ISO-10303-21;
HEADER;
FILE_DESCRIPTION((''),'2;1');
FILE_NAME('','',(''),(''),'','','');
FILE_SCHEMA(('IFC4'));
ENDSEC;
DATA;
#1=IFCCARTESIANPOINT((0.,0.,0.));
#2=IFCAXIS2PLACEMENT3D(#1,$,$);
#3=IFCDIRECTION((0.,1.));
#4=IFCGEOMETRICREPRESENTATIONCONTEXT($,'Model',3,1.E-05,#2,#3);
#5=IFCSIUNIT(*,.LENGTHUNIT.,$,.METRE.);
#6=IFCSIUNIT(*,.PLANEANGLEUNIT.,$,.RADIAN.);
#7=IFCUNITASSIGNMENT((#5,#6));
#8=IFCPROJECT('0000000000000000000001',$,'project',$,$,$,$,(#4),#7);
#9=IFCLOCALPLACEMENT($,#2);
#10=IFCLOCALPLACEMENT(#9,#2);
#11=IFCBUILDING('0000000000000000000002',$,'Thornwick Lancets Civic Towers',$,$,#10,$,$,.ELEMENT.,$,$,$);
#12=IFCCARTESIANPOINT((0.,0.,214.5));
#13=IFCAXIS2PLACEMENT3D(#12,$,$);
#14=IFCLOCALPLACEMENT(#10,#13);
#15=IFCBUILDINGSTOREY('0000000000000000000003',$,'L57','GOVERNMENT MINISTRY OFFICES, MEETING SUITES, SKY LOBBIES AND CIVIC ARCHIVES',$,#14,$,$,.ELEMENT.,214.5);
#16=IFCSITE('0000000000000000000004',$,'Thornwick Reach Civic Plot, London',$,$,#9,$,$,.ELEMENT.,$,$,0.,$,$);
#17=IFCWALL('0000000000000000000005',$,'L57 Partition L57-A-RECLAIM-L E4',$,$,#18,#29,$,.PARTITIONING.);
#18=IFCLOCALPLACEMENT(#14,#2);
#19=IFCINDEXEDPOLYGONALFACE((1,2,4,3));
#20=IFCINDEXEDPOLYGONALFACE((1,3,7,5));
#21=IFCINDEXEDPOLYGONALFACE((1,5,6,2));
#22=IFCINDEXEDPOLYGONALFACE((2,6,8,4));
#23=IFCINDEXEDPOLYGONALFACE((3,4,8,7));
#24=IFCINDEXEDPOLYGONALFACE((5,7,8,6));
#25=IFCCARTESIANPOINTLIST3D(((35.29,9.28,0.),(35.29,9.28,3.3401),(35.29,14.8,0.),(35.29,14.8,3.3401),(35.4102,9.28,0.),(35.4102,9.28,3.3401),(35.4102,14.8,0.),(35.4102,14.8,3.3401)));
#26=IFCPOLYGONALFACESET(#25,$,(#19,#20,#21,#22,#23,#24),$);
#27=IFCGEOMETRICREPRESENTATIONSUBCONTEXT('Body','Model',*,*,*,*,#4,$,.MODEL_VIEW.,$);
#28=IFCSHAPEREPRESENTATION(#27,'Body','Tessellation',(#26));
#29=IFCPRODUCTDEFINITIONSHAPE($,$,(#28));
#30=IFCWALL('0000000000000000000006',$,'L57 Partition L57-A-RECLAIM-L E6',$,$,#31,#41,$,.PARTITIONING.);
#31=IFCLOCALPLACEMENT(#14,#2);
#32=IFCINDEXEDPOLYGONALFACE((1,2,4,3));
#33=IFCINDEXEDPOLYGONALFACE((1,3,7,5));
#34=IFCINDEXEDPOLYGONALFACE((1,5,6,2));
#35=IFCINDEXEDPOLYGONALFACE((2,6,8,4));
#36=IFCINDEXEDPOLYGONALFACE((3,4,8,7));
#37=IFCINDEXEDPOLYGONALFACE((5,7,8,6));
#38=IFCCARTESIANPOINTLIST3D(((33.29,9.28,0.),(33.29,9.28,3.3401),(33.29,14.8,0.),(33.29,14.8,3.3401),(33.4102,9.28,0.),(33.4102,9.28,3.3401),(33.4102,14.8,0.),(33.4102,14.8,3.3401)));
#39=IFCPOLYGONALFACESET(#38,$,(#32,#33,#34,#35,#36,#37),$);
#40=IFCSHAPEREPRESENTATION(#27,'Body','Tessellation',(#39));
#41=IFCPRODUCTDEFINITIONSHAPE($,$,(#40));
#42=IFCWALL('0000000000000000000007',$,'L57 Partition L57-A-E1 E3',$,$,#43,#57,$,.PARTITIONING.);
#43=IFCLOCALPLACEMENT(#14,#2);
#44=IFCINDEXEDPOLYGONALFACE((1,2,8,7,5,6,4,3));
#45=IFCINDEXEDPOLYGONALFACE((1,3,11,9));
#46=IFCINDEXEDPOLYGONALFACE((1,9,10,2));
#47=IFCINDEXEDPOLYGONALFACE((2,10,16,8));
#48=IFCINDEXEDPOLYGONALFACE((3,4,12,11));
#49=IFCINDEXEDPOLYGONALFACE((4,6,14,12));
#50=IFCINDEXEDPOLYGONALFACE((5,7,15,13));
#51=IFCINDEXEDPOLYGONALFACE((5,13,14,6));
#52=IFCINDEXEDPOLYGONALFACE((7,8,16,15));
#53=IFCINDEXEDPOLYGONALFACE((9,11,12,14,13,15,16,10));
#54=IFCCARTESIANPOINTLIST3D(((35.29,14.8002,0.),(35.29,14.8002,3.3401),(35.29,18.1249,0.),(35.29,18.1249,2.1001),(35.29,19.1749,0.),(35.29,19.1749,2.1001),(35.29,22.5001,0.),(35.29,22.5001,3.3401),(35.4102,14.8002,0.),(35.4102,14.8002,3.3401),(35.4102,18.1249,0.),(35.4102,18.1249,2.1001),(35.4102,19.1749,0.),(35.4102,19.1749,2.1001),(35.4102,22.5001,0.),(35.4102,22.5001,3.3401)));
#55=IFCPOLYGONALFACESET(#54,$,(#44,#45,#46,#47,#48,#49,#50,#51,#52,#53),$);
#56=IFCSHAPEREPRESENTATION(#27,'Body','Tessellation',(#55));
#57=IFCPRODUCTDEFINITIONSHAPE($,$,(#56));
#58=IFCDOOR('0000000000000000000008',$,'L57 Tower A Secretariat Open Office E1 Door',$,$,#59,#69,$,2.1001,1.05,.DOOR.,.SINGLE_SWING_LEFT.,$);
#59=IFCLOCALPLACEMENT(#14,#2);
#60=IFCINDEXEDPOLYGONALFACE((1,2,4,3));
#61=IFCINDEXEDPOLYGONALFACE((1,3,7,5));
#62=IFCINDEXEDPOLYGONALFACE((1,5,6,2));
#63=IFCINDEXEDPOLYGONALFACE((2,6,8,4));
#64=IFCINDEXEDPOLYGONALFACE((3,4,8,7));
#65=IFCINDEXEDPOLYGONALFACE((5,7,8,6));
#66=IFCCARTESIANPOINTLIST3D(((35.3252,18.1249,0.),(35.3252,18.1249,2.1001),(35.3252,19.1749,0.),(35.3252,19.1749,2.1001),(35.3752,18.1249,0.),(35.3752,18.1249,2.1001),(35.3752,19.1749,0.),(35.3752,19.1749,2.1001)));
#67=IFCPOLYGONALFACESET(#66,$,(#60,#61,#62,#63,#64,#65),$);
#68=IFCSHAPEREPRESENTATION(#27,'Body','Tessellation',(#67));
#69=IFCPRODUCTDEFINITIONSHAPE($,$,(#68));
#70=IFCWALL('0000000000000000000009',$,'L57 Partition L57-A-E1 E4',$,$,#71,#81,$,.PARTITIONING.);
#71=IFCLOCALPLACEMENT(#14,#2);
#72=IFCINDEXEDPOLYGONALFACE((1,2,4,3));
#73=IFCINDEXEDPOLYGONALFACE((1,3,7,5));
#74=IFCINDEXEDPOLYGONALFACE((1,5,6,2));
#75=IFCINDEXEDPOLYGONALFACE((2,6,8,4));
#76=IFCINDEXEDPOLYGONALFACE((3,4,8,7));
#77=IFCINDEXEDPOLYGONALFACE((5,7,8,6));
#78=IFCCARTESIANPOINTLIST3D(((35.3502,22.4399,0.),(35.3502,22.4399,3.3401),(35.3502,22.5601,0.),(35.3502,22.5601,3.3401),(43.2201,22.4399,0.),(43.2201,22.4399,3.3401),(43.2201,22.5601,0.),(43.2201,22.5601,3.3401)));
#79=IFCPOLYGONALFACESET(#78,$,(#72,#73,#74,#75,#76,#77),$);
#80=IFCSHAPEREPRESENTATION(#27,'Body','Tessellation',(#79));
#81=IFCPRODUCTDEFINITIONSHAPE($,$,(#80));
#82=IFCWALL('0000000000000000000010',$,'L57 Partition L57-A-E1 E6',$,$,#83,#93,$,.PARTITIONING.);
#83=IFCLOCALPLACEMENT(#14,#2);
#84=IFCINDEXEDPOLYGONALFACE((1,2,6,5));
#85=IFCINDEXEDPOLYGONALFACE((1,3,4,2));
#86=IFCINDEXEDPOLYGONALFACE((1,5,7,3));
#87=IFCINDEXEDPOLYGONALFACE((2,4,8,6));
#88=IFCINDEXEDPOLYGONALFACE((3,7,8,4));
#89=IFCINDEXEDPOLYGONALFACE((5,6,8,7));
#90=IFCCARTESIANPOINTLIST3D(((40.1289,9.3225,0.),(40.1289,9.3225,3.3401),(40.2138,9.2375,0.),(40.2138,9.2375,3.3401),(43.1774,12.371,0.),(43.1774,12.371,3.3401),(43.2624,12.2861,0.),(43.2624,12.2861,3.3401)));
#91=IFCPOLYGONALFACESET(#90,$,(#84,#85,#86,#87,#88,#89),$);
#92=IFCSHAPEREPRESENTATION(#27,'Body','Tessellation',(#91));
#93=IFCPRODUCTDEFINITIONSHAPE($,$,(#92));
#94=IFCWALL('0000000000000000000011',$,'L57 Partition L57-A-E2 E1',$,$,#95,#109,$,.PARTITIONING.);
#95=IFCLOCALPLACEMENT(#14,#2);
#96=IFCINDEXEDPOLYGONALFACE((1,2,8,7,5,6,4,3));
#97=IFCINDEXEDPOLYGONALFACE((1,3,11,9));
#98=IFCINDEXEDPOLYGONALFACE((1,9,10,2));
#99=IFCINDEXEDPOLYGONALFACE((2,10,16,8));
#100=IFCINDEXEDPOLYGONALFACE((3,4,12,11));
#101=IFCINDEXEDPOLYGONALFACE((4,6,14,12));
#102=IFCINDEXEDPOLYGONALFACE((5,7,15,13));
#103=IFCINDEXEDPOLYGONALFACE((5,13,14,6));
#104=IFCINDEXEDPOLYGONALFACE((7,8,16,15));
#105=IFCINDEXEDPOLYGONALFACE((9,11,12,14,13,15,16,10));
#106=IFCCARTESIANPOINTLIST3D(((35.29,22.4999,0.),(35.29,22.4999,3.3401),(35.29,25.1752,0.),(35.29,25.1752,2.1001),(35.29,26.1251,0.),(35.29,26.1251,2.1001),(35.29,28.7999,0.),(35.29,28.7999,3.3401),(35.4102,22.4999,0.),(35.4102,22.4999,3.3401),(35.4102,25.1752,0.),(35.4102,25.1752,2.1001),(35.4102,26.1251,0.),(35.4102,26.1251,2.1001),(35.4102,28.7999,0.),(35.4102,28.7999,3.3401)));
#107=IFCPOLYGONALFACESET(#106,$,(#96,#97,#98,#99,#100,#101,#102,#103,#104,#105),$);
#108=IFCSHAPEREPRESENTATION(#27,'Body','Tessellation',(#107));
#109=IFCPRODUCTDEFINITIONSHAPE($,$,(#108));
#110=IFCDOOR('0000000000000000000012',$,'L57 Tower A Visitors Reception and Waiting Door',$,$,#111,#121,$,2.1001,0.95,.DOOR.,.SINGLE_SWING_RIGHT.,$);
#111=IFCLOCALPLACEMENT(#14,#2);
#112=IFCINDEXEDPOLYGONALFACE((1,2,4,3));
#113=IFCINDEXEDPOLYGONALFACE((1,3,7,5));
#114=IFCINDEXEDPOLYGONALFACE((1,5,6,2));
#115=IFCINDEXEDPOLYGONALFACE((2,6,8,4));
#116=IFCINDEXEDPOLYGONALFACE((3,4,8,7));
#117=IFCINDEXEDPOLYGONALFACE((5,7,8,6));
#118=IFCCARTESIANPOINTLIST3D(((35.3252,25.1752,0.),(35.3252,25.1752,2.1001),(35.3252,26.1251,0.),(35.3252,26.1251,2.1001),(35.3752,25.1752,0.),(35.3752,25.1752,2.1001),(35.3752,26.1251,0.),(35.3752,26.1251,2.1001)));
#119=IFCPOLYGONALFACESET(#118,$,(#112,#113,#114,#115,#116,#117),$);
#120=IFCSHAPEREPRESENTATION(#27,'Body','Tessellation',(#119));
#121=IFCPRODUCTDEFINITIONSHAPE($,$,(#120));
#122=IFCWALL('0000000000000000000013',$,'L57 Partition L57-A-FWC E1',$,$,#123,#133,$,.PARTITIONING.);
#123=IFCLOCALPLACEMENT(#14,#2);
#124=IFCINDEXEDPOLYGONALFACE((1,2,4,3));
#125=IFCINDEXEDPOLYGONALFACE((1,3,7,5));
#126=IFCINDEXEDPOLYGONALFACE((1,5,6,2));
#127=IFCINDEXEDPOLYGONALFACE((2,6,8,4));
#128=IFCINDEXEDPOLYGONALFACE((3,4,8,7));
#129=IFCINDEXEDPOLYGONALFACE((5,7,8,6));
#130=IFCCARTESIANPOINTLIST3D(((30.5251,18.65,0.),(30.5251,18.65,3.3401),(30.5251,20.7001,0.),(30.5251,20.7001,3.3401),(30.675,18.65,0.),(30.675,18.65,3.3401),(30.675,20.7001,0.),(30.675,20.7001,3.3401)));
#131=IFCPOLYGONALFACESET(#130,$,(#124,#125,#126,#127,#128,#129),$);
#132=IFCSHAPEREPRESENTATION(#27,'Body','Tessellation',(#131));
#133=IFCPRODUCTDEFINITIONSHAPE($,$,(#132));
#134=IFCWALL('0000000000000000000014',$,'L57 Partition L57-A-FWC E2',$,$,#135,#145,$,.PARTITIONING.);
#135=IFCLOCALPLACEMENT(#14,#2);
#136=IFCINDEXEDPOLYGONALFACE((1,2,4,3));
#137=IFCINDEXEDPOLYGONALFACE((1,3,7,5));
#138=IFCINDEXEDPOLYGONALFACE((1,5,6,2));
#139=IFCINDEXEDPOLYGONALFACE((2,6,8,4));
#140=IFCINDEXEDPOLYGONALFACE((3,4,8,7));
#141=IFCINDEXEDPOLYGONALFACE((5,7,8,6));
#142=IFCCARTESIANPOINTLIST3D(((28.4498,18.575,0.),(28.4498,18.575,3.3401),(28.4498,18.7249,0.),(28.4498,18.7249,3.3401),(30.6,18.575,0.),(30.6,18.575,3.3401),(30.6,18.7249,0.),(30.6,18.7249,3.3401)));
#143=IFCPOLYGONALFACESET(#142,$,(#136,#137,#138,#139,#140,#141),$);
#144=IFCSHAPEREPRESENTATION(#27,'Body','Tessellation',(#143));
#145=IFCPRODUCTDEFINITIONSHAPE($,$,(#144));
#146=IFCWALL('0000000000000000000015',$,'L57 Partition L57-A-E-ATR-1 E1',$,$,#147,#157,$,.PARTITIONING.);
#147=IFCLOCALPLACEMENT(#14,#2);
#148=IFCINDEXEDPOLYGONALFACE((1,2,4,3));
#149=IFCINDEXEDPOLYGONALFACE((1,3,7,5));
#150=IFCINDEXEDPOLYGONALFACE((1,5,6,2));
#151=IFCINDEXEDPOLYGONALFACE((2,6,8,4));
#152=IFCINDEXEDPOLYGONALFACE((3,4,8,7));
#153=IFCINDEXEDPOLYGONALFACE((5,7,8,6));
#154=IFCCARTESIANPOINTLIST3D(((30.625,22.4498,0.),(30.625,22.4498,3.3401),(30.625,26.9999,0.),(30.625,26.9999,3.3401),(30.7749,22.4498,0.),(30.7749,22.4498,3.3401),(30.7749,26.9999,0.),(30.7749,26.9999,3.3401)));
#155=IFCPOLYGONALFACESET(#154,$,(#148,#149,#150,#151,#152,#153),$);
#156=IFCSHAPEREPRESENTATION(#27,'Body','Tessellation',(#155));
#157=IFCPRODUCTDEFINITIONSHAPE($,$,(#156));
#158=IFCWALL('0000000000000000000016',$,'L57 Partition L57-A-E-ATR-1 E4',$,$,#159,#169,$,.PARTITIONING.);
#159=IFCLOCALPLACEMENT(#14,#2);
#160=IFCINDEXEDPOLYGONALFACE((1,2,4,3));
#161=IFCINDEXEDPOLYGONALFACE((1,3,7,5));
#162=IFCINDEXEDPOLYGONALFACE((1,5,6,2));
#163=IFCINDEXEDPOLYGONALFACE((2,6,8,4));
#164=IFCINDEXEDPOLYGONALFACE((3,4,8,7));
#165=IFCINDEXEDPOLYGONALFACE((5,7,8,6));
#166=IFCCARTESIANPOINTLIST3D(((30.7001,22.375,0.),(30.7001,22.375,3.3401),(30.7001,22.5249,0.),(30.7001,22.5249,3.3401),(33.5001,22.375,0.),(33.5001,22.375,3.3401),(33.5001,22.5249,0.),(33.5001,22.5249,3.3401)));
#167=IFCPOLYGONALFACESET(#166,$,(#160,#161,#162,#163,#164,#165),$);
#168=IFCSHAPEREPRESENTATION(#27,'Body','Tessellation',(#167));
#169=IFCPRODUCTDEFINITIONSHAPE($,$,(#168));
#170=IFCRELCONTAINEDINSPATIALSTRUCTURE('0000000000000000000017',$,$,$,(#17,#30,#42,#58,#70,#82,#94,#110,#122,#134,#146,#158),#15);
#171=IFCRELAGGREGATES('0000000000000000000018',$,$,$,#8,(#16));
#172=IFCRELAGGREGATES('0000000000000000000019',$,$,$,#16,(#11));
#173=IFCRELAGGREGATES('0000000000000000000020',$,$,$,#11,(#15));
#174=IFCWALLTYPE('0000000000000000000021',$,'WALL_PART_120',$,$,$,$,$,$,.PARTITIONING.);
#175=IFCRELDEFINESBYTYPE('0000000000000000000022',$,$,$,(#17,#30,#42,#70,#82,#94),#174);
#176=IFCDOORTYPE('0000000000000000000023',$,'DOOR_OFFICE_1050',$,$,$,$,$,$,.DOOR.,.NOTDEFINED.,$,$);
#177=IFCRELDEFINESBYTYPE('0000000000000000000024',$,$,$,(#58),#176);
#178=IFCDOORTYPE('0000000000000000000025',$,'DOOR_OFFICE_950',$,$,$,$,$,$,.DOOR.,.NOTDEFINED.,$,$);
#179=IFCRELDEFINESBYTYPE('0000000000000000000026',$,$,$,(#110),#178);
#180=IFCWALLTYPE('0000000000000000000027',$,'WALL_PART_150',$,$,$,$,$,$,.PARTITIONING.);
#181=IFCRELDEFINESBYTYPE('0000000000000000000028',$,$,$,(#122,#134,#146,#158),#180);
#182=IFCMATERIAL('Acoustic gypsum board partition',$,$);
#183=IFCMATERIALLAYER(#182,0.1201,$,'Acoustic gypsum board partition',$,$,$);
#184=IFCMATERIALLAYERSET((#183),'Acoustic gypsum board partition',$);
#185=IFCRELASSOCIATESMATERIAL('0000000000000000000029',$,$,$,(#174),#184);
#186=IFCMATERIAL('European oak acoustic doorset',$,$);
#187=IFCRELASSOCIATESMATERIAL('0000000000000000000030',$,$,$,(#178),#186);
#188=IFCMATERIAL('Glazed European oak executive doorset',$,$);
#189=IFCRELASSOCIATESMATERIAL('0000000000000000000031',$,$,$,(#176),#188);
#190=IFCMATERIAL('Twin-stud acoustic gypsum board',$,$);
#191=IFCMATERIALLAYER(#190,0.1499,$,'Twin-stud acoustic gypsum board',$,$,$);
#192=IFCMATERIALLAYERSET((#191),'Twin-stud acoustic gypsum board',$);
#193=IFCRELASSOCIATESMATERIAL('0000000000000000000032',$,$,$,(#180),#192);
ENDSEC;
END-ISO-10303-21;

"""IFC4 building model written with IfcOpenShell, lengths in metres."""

from ifc_helpers import new_model, si_unit, direction, frame, frame_2d, origin, place, context, subcontext, project, spatial, rectangle, extrude, material, layer, layer_set, type_object, element, fill, save


model = new_model("IFC4")

# Units and contexts
model_context = context("Model", 3, precision=1e-05, world=origin(), true_north=direction((0.0, 1.0)))
body_context = subcontext(model_context, "Body", "Model", "MODEL_VIEW")
ifc_project = project(units=[si_unit("LENGTHUNIT", "METRE"), si_unit("PLANEANGLEUNIT", "RADIAN")], contexts=[model_context])

# Site, building, storey
site_placement = place(None, origin())
site = spatial("IfcSite", under=ifc_project, at=site_placement, Name="Thornwick Reach Civic Plot, London", CompositionType="ELEMENT", RefElevation=0.0)
building_placement = place(site_placement, origin())
building = spatial("IfcBuilding", under=site, at=building_placement, Name="Thornwick Lancets Civic Towers", CompositionType="ELEMENT")
storey_placement = place(building_placement, frame((0.0, 0.0, 214.5)))
storey = spatial("IfcBuildingStorey", under=building, at=storey_placement, Name="L57", Description="GOVERNMENT MINISTRY OFFICES, MEETING SUITES, SKY LOBBIES AND CIVIC ARCHIVES", CompositionType="ELEMENT", Elevation=214.5)

# Shared definitions
ifc_material_1 = material(Name="Acoustic gypsum board partition")
ifc_layer_1 = layer(ifc_material_1, 0.1201, Name="Acoustic gypsum board partition")
ifc_layer_set_1 = layer_set([ifc_layer_1], Name="Acoustic gypsum board partition")
wall_type_1 = type_object("IfcWallType", Name="WALL_PART_120", PredefinedType="PARTITIONING", material=ifc_layer_set_1)

# Shared definitions
ifc_material_2 = material(Name="European oak acoustic doorset")
door_type_1 = type_object("IfcDoorType", Name="DOOR_OFFICE_950", OperationType="NOTDEFINED", PredefinedType="DOOR", material=ifc_material_2)

# Walls
for number, where, z_axis, x_axis, name in (
    (1, (35.3501, 14.8, 0.0), (0.0, 0.0, 1.0), (0.0, -1.0, 0.0), "L57 Partition L57-A-RECLAIM-L E4"),
    (2, (33.3501, 9.28, 0.0), (0.0, 0.0, 1.0), (0.0, 1.0, 0.0), "L57 Partition L57-A-RECLAIM-L E6"),
):
    element("IfcWall", number, at=place(storey_placement, frame(where, z_axis=z_axis, x_axis=x_axis)), inside=storey, type_object=wall_type_1, Name=name, PredefinedType="PARTITIONING", context=body_context, shape_type="SweptSolid", body=[
        extrude(rectangle(XDim=5.52, YDim=0.1201, at=frame_2d((2.76, 0.0))), origin(), (0.0, 0.0, 1.0), 3.3401),
    ])

# Wall, opening, door
wall_1_placement = place(storey_placement, frame((35.3501, 14.8, 0.0), z_axis=(0.0, 0.0, 1.0), x_axis=(0.0, 1.0, 0.0)))
wall_1 = element("IfcWall", 3, at=wall_1_placement, inside=storey, type_object=wall_type_1, Name="L57 Partition L57-A-E1 E3", PredefinedType="PARTITIONING", context=body_context, shape_type="SweptSolid", body=[
    extrude(rectangle(XDim=7.7, YDim=0.1201, at=frame_2d((3.8501, 0.0))), origin(), (0.0, 0.0, 1.0), 3.3401),
])
opening_1_placement = place(wall_1_placement, frame((3.325, 0.0, 0.0)))
opening_1 = element("IfcOpeningElement", 4, at=opening_1_placement, cuts=wall_1, PredefinedType="OPENING", context=body_context, shape_type="SweptSolid", body=[
    extrude(rectangle(XDim=1.05, YDim=2.1001, at=frame_2d((0.5249, 1.05))), frame((0.0, 0.0701, 0.0), z_axis=(0.0, -1.0, 0.0), x_axis=(1.0, 0.0, 0.0)), (0.0, 0.0, 1.0), 0.1401),
])
ifc_material_3 = material(Name="Glazed European oak executive doorset")
door_type_2 = type_object("IfcDoorType", Name="DOOR_OFFICE_1050", OperationType="NOTDEFINED", PredefinedType="DOOR", material=ifc_material_3)
door_1_placement = place(opening_1_placement, origin())
door_1 = element("IfcDoor", 5, at=door_1_placement, inside=storey, type_object=door_type_2, Name="L57 Tower A Secretariat Open Office E1 Door", OperationType="SINGLE_SWING_LEFT", OverallHeight=2.1001, OverallWidth=1.05, PredefinedType="DOOR", context=body_context, shape_type="SweptSolid", body=[
    extrude(rectangle(XDim=1.05, YDim=2.1001, at=frame_2d((0.5249, 1.05))), frame((0.0, 0.0249, 0.0), z_axis=(0.0, -1.0, 0.0), x_axis=(1.0, 0.0, 0.0)), (0.0, 0.0, 1.0), 0.05),
])
fill(opening_1, door_1)

# Walls
wall_2_placement = place(storey_placement, frame((35.3501, 22.5, 0.0), z_axis=(0.0, 0.0, 1.0), x_axis=(1.0, 0.0, 0.0)))
element("IfcWall", 6, at=wall_2_placement, inside=storey, type_object=wall_type_1, Name="L57 Partition L57-A-E1 E4", PredefinedType="PARTITIONING", context=body_context, shape_type="SweptSolid", body=[
    extrude(rectangle(XDim=7.8699, YDim=0.1201, at=frame_2d((3.9351, 0.0))), origin(), (0.0, 0.0, 1.0), 3.3401),
])
wall_3_placement = place(storey_placement, frame((43.22, 12.3286, 0.0), z_axis=(0.0, 0.0, 1.0), x_axis=(-0.707107, -0.707107, 0.0)))
element("IfcWall", 7, at=wall_3_placement, inside=storey, type_object=wall_type_1, Name="L57 Partition L57-A-E1 E6", PredefinedType="PARTITIONING", context=body_context, shape_type="SweptSolid", body=[
    extrude(rectangle(XDim=4.3113, YDim=0.1201, at=frame_2d((2.1558, 0.0))), origin(), (0.0, 0.0, 1.0), 3.3401),
])

# Wall, opening, door
wall_4_placement = place(storey_placement, frame((35.3501, 22.5, 0.0), z_axis=(0.0, 0.0, 1.0), x_axis=(0.0, 1.0, 0.0)))
wall_4 = element("IfcWall", 8, at=wall_4_placement, inside=storey, type_object=wall_type_1, Name="L57 Partition L57-A-E2 E1", PredefinedType="PARTITIONING", context=body_context, shape_type="SweptSolid", body=[
    extrude(rectangle(XDim=6.3, YDim=0.1201, at=frame_2d((3.1499, 0.0))), origin(), (0.0, 0.0, 1.0), 3.3401),
])
opening_2_placement = place(wall_4_placement, frame((2.675, 0.0, 0.0)))
opening_2 = element("IfcOpeningElement", 9, at=opening_2_placement, cuts=wall_4, PredefinedType="OPENING", context=body_context, shape_type="SweptSolid", body=[
    extrude(rectangle(XDim=0.95, YDim=2.1001, at=frame_2d((0.4751, 1.05))), frame((0.0, 0.0701, 0.0), z_axis=(0.0, -1.0, 0.0), x_axis=(1.0, 0.0, 0.0)), (0.0, 0.0, 1.0), 0.1401),
])
door_2_placement = place(opening_2_placement, origin())
door_2 = element("IfcDoor", 10, at=door_2_placement, inside=storey, type_object=door_type_1, Name="L57 Tower A Visitors Reception and Waiting Door", OperationType="SINGLE_SWING_RIGHT", OverallHeight=2.1001, OverallWidth=0.95, PredefinedType="DOOR", context=body_context, shape_type="SweptSolid", body=[
    extrude(rectangle(XDim=0.95, YDim=2.1001, at=frame_2d((0.4751, 1.05))), frame((0.0, 0.0249, 0.0), z_axis=(0.0, -1.0, 0.0), x_axis=(1.0, 0.0, 0.0)), (0.0, 0.0, 1.0), 0.05),
])
fill(opening_2, door_2)

# Walls
ifc_material_4 = material(Name="Twin-stud acoustic gypsum board")
ifc_layer_2 = layer(ifc_material_4, 0.1499, Name="Twin-stud acoustic gypsum board")
ifc_layer_set_2 = layer_set([ifc_layer_2], Name="Twin-stud acoustic gypsum board")
wall_type_2 = type_object("IfcWallType", Name="WALL_PART_150", PredefinedType="PARTITIONING", material=ifc_layer_set_2)
wall_5_placement = place(storey_placement, frame((30.6001, 20.7, 0.0), z_axis=(0.0, 0.0, 1.0), x_axis=(0.0, -1.0, 0.0)))
element("IfcWall", 11, at=wall_5_placement, inside=storey, type_object=wall_type_2, Name="L57 Partition L57-A-FWC E1", PredefinedType="PARTITIONING", context=body_context, shape_type="SweptSolid", body=[
    extrude(rectangle(XDim=2.05, YDim=0.1499, at=frame_2d((1.0249, 0.0))), origin(), (0.0, 0.0, 1.0), 3.3401),
])
wall_6_placement = place(storey_placement, frame((30.6001, 18.6499, 0.0), z_axis=(0.0, 0.0, 1.0), x_axis=(-1.0, 0.0, 0.0)))
element("IfcWall", 12, at=wall_6_placement, inside=storey, type_object=wall_type_2, Name="L57 Partition L57-A-FWC E2", PredefinedType="PARTITIONING", context=body_context, shape_type="SweptSolid", body=[
    extrude(rectangle(XDim=2.1501, YDim=0.1499, at=frame_2d((1.0752, 0.0))), origin(), (0.0, 0.0, 1.0), 3.3401),
])
wall_7_placement = place(storey_placement, frame((30.7, 22.45, 0.0), z_axis=(0.0, 0.0, 1.0), x_axis=(0.0, 1.0, 0.0)))
element("IfcWall", 13, at=wall_7_placement, inside=storey, type_object=wall_type_2, Name="L57 Partition L57-A-E-ATR-1 E1", PredefinedType="PARTITIONING", context=body_context, shape_type="SweptSolid", body=[
    extrude(rectangle(XDim=4.55, YDim=0.1499, at=frame_2d((2.2749, 0.0))), origin(), (0.0, 0.0, 1.0), 3.3401),
])
wall_8_placement = place(storey_placement, frame((33.5, 22.45, 0.0), z_axis=(0.0, 0.0, 1.0), x_axis=(-1.0, 0.0, 0.0)))
element("IfcWall", 14, at=wall_8_placement, inside=storey, type_object=wall_type_2, Name="L57 Partition L57-A-E-ATR-1 E4", PredefinedType="PARTITIONING", context=body_context, shape_type="SweptSolid", body=[
    extrude(rectangle(XDim=2.8, YDim=0.1499, at=frame_2d((1.3999, 0.0))), origin(), (0.0, 0.0, 1.0), 3.3401),
])

save(model, "model.ifc")
